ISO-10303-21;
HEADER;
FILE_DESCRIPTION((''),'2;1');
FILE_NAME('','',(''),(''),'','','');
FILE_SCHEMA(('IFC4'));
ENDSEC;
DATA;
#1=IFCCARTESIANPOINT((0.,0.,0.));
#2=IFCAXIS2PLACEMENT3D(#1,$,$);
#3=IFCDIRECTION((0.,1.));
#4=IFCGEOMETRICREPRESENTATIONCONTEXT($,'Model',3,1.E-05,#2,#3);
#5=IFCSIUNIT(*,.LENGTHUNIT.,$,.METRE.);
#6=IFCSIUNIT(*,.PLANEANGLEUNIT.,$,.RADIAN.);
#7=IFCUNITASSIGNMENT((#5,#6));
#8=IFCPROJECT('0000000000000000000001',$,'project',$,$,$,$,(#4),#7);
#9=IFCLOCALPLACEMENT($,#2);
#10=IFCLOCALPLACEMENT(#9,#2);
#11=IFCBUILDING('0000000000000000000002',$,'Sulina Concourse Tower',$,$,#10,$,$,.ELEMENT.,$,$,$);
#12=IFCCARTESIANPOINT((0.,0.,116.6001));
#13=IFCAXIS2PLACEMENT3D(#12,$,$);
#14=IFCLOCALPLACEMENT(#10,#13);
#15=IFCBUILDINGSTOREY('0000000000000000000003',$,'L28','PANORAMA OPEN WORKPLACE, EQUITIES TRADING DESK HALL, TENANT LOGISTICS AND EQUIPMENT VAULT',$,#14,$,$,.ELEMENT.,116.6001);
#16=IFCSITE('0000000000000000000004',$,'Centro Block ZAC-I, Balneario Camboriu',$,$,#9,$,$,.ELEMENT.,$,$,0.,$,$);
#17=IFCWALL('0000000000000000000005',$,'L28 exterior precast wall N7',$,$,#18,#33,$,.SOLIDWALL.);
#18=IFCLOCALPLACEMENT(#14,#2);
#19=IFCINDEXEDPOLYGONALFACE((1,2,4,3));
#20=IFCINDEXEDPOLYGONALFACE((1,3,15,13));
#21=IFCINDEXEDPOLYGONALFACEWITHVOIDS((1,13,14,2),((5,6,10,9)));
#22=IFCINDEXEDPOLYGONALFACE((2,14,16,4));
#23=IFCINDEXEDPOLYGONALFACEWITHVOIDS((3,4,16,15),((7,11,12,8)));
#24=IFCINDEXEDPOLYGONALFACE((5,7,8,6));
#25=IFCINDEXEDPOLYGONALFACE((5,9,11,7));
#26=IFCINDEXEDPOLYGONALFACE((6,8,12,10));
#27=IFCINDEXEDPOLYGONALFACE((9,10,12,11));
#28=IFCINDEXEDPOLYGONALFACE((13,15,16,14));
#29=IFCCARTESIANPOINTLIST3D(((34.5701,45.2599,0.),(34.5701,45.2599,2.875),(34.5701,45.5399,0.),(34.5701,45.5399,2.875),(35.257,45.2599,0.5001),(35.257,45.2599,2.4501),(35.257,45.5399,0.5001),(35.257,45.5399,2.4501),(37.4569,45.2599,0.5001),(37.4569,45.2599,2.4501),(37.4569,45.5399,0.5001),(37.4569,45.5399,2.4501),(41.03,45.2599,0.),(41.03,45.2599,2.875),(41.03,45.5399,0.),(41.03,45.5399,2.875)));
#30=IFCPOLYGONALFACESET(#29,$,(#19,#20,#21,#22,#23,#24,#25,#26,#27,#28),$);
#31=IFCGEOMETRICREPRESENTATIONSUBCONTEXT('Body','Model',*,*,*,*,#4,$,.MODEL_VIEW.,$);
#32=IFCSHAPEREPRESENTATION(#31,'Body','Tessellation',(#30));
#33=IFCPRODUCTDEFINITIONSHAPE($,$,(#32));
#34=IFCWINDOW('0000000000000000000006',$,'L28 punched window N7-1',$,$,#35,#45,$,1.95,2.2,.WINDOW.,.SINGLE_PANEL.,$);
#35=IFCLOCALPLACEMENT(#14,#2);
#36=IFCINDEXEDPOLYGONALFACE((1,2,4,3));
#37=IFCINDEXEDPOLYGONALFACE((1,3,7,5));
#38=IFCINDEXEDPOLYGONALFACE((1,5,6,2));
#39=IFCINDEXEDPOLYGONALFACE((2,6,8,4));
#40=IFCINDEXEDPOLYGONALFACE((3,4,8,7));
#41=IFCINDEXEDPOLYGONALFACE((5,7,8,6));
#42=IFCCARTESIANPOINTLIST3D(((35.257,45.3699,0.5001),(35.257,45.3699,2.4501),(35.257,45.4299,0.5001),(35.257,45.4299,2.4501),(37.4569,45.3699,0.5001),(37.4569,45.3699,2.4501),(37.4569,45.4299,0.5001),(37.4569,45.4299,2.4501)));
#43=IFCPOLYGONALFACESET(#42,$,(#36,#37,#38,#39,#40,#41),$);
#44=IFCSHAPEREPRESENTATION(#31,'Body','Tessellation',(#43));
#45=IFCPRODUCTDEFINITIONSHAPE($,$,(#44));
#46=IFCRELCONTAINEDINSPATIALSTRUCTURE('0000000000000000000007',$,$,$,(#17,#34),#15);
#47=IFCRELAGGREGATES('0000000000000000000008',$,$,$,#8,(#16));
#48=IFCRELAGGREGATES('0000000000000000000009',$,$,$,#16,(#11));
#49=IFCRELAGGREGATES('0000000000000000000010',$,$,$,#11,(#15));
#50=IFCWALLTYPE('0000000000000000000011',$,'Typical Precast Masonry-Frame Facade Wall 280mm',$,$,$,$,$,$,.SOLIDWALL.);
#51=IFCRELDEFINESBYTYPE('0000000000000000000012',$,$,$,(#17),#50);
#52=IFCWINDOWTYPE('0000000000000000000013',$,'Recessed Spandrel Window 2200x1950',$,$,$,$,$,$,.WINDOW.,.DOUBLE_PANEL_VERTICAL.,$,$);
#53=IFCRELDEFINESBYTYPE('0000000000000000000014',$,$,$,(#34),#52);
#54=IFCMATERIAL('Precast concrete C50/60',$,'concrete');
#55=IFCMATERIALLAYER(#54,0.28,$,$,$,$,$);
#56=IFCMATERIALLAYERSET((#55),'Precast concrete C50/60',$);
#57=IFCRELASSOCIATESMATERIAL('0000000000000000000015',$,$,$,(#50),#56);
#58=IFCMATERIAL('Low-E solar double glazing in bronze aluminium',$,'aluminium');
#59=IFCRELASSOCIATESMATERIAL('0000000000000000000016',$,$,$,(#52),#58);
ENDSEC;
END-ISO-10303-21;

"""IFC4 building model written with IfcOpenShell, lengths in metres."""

from ifc_helpers import new_model, si_unit, direction, frame, frame_2d, origin, place, context, subcontext, project, spatial, rectangle, extrude, material, layer, layer_set, type_object, element, fill, save


model = new_model("IFC4")

# Units and contexts
model_context = context("Model", 3, precision=1e-05, world=origin(), true_north=direction((0.0, 1.0)))
body_context = subcontext(model_context, "Body", "Model", "MODEL_VIEW")
ifc_project = project(units=[si_unit("LENGTHUNIT", "METRE"), si_unit("PLANEANGLEUNIT", "RADIAN")], contexts=[model_context])

# Site, building, storey
site_placement = place(None, origin())
site = spatial("IfcSite", under=ifc_project, at=site_placement, Name="Centro Block ZAC-I, Balneario Camboriu", CompositionType="ELEMENT", RefElevation=0.0)
building_placement = place(site_placement, origin())
building = spatial("IfcBuilding", under=site, at=building_placement, Name="Sulina Concourse Tower", CompositionType="ELEMENT")
storey_placement = place(building_placement, frame((0.0, 0.0, 116.6001)))
storey = spatial("IfcBuildingStorey", under=building, at=storey_placement, Name="L28", Description="PANORAMA OPEN WORKPLACE, EQUITIES TRADING DESK HALL, TENANT LOGISTICS AND EQUIPMENT VAULT", CompositionType="ELEMENT", Elevation=116.6001)

# Shared definitions
ifc_material_1 = material(Name="Precast concrete C50/60", Category="concrete")
ifc_layer_1 = layer(ifc_material_1, 0.28)
ifc_layer_set_1 = layer_set([ifc_layer_1], Name="Precast concrete C50/60")
wall_type_1 = type_object("IfcWallType", Name="Typical Precast Masonry-Frame Facade Wall 280mm", PredefinedType="SOLIDWALL", material=ifc_layer_set_1)
ifc_material_2 = material(Name="Low-E solar double glazing in bronze aluminium", Category="aluminium")
window_type = type_object("IfcWindowType", Name="Recessed Spandrel Window 2200x1950", PartitioningType="DOUBLE_PANEL_VERTICAL", PredefinedType="WINDOW", material=ifc_material_2)

# Wall, opening, window
wall_1_placement = place(storey_placement, frame((34.5701, 45.3999, 0.0), z_axis=(0.0, 0.0, 1.0), x_axis=(1.0, 0.0, 0.0)))
wall_1 = element("IfcWall", 1, at=wall_1_placement, inside=storey, type_object=wall_type_1, Name="L28 exterior precast wall N7", PredefinedType="SOLIDWALL", context=body_context, shape_type="SweptSolid", body=[
    extrude(rectangle(XDim=6.46, YDim=0.28, at=frame_2d((3.23, 0.0))), origin(), (0.0, 0.0, 1.0), 2.875),
])
opening_1_placement = place(wall_1_placement, frame((0.6868, 0.0, 0.5)))
opening_1 = element("IfcOpeningElement", 2, at=opening_1_placement, cuts=wall_1, PredefinedType="OPENING", context=body_context, shape_type="SweptSolid", body=[
    extrude(rectangle(XDim=2.2, YDim=1.95, at=frame_2d((1.1001, 0.9751))), frame((0.0, 0.1499, 0.0), z_axis=(0.0, -1.0, 0.0), x_axis=(1.0, 0.0, 0.0)), (0.0, 0.0, 1.0), 0.3),
])
window_1_placement = place(opening_1_placement, origin())
window_1 = element("IfcWindow", 3, at=window_1_placement, inside=storey, type_object=window_type, Name="L28 punched window N7-1", OverallHeight=1.95, OverallWidth=2.2, PartitioningType="SINGLE_PANEL", PredefinedType="WINDOW", context=body_context, shape_type="SweptSolid", body=[
    extrude(rectangle(XDim=2.2, YDim=1.95, at=frame_2d((1.1001, 0.9751))), frame((0.0, 0.03, 0.0), z_axis=(0.0, -1.0, 0.0), x_axis=(1.0, 0.0, 0.0)), (0.0, 0.0, 1.0), 0.0601),
])
fill(opening_1, window_1)

save(model, "model.ifc")
